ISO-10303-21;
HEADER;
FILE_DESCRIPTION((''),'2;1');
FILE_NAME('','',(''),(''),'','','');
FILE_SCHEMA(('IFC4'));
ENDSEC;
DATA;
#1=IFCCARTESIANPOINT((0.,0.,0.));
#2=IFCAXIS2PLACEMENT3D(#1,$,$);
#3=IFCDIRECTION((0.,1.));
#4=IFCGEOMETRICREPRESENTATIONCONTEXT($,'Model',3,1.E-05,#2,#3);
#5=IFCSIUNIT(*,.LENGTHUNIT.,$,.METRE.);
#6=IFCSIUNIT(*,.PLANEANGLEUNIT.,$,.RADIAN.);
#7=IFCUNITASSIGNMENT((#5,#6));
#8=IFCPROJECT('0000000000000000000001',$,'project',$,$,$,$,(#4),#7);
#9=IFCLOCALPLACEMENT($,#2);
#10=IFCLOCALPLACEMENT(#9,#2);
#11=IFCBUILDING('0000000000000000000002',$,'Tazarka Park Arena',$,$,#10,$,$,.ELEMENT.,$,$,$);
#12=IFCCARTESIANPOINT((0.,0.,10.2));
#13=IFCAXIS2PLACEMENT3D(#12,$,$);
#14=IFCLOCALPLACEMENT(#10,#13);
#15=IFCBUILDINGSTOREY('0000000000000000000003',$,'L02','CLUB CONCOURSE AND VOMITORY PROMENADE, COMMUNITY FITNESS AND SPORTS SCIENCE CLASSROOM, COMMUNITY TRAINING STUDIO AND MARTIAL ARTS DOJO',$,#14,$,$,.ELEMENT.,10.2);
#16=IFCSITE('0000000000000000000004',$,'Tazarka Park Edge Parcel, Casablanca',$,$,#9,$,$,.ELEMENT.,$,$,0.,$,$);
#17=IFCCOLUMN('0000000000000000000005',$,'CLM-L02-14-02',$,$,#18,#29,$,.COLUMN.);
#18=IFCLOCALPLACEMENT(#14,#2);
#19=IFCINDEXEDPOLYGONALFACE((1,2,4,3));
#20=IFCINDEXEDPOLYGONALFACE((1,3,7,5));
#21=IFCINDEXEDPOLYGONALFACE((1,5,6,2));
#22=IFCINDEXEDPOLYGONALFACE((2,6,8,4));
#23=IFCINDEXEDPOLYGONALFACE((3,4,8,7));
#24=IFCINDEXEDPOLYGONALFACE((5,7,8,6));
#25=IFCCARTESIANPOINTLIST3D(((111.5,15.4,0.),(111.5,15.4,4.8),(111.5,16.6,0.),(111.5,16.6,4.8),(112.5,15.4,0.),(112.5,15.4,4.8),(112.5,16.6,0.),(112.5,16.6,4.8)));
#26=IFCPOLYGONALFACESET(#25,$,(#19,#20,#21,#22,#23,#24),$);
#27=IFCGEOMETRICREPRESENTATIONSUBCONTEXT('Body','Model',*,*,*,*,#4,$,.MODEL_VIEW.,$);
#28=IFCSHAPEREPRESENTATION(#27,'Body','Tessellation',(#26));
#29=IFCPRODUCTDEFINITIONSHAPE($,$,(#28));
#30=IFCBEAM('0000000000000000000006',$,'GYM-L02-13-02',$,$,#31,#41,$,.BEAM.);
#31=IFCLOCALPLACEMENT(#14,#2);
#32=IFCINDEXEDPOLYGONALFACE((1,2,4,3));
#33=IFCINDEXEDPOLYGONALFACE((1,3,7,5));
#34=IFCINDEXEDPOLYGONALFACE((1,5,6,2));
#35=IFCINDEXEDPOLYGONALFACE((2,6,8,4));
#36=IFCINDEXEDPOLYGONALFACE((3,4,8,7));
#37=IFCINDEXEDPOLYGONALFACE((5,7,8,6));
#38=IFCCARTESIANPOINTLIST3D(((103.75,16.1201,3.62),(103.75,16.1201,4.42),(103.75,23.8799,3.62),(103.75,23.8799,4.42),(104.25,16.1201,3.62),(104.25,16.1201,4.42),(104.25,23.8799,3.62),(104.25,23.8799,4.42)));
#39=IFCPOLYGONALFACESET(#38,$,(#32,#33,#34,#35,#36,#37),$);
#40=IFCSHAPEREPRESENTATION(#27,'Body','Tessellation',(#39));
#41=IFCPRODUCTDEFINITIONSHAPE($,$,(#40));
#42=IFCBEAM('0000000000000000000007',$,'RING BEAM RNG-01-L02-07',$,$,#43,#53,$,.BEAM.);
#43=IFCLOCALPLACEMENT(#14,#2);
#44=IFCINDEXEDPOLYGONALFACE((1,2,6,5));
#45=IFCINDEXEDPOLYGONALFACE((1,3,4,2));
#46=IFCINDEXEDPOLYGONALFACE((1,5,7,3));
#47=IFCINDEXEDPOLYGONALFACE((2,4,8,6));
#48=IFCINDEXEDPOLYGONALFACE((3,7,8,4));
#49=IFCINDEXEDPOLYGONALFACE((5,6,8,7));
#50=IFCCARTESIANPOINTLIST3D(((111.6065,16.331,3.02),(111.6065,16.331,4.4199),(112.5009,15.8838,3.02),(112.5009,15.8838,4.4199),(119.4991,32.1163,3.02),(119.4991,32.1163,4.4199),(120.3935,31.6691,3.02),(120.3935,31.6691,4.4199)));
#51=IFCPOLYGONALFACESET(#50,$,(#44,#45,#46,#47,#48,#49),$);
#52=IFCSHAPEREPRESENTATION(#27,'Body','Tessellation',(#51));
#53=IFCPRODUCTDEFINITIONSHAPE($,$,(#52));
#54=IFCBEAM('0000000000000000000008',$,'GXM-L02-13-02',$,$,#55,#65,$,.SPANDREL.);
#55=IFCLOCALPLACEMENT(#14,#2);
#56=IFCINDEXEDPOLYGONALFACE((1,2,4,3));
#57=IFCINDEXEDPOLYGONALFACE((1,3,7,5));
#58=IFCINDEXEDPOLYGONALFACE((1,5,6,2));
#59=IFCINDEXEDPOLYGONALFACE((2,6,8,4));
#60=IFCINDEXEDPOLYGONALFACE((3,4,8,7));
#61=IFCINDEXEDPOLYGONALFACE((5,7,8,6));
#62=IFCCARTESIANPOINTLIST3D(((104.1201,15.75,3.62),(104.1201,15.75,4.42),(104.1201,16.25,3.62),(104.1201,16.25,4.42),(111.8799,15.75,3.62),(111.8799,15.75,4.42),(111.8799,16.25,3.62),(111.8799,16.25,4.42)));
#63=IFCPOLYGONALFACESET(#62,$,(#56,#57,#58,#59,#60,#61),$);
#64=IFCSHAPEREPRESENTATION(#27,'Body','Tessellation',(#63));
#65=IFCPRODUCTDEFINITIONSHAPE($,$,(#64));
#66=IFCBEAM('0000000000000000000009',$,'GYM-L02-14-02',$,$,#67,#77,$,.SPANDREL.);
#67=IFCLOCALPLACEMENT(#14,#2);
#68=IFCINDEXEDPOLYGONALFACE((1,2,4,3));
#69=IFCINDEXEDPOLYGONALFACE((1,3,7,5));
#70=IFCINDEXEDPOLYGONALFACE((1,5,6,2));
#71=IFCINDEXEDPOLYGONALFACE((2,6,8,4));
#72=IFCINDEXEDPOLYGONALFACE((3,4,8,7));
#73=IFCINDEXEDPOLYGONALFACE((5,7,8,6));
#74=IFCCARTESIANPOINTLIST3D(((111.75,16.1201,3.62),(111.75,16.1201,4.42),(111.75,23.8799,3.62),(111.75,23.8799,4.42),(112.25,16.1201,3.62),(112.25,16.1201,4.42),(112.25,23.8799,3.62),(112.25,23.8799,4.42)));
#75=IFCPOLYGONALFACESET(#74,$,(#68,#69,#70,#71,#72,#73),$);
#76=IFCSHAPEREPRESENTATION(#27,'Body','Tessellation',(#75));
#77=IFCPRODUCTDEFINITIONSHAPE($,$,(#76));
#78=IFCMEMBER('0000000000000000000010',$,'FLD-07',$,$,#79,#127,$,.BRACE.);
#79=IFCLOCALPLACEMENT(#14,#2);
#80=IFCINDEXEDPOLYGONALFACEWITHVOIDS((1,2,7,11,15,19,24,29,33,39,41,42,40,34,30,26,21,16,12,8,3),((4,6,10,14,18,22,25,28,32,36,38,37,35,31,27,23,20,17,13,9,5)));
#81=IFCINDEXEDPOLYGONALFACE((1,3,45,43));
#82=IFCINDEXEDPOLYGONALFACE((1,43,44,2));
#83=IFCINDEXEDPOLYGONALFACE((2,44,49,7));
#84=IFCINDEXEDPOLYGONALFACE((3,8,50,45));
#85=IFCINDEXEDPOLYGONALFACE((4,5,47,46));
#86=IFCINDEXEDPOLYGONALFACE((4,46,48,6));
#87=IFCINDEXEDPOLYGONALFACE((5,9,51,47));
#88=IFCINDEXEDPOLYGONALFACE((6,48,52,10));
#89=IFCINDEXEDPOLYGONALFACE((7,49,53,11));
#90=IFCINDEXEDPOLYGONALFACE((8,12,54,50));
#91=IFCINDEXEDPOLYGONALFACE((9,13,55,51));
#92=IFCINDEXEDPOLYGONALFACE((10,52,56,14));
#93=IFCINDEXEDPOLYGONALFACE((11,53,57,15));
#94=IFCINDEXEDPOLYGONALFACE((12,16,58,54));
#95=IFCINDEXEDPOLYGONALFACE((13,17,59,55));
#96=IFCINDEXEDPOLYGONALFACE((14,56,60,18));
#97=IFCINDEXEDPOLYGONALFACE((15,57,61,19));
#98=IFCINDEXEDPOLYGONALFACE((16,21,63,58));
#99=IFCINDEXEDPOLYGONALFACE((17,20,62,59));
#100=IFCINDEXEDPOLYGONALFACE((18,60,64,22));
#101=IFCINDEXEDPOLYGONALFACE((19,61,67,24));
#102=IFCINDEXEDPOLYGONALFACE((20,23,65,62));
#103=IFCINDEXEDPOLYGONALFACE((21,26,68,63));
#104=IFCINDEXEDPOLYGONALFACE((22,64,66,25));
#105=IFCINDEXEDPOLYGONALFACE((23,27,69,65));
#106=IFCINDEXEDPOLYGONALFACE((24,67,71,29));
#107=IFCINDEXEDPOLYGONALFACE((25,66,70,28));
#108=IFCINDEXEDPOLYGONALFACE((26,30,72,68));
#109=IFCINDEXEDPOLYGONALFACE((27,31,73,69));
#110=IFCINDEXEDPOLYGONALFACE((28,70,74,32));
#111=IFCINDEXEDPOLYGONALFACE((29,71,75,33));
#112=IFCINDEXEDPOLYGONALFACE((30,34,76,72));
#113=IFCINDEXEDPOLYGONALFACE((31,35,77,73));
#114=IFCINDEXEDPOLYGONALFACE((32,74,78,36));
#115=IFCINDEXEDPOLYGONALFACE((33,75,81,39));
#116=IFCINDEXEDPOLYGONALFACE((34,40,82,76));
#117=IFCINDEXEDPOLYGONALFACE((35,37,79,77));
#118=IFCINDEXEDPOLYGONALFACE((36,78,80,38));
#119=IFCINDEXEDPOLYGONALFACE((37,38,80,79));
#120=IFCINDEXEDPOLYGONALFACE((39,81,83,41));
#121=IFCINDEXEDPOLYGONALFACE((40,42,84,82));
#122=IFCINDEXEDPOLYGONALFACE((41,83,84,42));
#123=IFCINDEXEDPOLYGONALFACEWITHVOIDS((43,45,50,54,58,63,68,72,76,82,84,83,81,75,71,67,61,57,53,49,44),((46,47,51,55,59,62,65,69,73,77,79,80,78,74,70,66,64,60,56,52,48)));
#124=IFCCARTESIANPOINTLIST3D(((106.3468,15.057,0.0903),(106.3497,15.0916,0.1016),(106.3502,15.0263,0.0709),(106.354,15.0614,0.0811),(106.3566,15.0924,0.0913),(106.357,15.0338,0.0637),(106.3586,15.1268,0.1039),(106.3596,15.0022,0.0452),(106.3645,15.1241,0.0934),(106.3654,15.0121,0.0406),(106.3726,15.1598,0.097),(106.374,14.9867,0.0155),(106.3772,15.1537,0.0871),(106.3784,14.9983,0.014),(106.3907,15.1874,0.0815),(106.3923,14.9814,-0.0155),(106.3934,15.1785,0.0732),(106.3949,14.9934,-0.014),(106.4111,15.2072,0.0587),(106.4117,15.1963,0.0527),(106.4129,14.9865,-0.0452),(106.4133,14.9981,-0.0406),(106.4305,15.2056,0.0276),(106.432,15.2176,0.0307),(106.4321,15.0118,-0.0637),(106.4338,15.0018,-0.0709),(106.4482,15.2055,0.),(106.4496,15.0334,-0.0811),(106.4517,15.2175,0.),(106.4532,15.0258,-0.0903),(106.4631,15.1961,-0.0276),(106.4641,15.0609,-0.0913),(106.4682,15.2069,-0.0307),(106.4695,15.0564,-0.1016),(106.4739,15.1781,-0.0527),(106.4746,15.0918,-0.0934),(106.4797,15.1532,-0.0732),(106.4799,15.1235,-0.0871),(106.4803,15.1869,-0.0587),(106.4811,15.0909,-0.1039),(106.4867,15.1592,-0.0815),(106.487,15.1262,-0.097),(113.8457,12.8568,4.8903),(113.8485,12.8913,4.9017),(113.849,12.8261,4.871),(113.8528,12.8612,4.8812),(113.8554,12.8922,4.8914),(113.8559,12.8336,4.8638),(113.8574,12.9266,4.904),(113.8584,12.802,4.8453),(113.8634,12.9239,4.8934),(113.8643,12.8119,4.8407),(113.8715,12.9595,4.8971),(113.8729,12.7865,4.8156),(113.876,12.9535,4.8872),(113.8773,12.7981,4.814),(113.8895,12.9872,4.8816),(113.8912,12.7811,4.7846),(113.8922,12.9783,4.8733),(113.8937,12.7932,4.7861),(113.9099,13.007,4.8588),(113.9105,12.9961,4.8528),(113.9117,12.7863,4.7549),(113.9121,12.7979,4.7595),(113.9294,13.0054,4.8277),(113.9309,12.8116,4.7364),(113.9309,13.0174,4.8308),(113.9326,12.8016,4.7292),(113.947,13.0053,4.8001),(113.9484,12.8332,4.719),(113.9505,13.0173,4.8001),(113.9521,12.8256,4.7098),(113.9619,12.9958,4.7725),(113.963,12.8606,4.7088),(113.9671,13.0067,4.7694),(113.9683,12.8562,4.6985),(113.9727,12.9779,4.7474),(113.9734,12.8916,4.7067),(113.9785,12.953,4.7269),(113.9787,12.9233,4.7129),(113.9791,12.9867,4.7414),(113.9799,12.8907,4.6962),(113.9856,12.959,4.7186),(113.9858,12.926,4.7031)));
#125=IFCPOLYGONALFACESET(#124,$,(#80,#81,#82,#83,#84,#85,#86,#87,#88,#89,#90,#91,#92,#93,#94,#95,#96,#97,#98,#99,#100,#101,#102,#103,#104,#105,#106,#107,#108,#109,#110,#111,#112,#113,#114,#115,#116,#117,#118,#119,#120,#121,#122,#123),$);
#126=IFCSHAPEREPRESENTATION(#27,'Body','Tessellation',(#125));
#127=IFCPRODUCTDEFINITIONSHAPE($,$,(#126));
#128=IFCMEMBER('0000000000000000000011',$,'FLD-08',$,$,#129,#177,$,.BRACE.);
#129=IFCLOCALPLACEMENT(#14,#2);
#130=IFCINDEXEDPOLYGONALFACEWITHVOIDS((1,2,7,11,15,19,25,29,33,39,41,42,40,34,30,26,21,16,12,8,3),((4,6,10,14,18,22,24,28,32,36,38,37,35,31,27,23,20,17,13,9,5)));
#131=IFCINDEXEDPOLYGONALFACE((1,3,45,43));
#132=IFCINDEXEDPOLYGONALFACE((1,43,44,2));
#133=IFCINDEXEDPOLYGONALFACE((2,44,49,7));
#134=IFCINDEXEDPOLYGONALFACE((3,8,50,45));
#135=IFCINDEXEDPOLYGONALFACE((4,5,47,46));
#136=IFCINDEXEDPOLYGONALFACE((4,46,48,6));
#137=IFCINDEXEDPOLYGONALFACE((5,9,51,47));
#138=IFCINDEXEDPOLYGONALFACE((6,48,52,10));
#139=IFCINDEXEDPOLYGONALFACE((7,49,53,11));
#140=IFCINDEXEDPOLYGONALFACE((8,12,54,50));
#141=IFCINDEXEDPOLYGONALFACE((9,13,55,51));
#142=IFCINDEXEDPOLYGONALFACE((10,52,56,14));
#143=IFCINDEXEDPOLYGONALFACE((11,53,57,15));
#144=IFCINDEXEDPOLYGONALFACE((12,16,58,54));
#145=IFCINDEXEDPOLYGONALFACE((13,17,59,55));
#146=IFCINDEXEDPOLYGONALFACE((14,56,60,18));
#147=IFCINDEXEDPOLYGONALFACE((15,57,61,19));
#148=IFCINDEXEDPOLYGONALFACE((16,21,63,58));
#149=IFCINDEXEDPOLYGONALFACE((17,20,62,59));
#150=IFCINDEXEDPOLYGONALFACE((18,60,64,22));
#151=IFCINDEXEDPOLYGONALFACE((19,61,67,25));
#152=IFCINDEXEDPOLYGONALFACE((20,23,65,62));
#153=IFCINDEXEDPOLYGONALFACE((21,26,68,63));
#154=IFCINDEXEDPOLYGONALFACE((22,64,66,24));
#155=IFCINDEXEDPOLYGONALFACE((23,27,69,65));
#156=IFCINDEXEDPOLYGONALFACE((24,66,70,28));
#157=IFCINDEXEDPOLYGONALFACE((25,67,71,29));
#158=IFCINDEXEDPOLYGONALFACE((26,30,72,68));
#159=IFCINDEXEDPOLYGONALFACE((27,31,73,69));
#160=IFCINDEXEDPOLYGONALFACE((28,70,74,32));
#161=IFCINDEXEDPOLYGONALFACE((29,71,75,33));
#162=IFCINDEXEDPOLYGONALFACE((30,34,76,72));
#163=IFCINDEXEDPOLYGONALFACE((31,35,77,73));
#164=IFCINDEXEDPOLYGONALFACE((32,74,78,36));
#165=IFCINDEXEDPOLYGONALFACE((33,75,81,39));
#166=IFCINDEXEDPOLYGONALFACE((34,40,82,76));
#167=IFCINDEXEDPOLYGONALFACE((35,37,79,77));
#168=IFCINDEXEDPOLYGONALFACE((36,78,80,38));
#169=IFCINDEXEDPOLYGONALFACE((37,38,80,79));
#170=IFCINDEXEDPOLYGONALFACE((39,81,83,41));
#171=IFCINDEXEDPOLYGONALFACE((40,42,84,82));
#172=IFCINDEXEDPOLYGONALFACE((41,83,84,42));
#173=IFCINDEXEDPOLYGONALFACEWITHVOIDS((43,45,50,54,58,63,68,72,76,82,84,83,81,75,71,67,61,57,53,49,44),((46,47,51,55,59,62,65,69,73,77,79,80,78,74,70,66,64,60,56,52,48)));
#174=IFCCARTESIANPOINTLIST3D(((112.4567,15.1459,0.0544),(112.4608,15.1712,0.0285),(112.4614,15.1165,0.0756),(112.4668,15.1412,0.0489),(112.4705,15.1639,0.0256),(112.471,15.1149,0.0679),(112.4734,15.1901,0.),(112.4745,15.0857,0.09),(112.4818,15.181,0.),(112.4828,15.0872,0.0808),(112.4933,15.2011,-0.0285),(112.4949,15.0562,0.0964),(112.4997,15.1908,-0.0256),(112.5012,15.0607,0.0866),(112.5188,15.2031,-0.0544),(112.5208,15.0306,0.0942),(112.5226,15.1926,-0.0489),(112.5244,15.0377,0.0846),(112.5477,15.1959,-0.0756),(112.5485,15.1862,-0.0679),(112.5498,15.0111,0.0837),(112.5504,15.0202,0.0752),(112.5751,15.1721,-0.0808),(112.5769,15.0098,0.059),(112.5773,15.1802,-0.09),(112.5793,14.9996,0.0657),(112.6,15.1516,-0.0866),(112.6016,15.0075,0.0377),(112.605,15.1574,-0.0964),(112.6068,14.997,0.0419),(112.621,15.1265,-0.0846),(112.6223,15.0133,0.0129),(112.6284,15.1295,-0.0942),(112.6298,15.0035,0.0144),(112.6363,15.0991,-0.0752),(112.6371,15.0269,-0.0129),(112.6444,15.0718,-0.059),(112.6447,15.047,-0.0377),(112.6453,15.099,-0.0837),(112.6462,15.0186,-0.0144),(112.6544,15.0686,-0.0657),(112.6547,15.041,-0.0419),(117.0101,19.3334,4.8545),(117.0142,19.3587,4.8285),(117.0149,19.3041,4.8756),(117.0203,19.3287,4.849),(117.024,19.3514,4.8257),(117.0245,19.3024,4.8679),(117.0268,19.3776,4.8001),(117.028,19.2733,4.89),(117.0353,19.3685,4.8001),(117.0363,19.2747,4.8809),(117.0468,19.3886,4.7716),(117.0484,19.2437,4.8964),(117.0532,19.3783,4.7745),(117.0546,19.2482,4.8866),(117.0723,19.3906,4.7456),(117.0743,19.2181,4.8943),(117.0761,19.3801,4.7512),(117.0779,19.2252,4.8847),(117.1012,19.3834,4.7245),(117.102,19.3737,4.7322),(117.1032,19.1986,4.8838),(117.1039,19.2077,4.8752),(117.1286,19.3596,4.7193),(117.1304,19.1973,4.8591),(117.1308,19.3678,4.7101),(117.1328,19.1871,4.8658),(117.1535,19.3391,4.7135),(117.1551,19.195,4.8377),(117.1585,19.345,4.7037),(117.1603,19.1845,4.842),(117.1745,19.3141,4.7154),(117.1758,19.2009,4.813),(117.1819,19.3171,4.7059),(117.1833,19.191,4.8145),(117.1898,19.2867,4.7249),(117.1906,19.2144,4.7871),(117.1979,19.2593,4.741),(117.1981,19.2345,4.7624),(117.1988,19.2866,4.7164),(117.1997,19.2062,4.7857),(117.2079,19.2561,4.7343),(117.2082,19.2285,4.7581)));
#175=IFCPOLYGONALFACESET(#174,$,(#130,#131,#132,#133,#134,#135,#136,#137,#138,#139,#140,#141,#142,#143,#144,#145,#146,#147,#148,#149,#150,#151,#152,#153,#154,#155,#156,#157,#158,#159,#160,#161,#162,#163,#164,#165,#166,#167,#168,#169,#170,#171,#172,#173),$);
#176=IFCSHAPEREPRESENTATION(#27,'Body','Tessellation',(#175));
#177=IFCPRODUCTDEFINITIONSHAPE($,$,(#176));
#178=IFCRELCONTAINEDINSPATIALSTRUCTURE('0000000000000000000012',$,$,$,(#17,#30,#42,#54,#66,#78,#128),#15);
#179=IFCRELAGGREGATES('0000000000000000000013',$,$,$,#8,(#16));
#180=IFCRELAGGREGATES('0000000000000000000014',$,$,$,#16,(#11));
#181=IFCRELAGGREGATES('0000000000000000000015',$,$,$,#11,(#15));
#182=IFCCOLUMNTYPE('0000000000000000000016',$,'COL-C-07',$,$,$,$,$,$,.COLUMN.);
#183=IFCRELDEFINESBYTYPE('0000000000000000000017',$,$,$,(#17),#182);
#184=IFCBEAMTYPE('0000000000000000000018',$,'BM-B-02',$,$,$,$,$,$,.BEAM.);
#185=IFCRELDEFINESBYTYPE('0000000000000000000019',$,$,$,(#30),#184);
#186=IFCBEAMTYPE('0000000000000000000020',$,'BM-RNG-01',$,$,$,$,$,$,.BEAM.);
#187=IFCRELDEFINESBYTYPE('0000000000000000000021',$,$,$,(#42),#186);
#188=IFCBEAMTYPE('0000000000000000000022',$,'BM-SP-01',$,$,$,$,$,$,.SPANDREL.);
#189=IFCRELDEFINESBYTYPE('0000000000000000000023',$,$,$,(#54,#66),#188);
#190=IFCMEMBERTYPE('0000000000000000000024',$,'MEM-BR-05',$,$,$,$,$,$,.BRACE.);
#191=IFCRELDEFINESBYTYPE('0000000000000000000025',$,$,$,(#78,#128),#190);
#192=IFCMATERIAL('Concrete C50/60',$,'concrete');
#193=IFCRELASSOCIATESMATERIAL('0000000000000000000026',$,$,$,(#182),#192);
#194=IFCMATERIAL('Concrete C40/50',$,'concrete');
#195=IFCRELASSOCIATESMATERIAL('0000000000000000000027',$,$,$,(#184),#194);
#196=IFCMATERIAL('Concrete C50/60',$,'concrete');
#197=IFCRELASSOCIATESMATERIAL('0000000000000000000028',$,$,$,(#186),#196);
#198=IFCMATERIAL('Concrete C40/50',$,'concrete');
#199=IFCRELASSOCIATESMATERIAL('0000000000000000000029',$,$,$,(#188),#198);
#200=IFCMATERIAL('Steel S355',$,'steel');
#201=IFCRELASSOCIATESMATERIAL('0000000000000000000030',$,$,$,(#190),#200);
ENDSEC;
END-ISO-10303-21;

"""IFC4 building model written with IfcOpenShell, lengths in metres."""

from ifc_helpers import new_model, si_unit, direction, frame, origin, origin_2d, place, context, subcontext, project, spatial, rectangle, hollow_circle, extrude, material, material_profile, profile_set, type_object, element, save


model = new_model("IFC4")

# Units and contexts
model_context = context("Model", 3, precision=1e-05, world=origin(), true_north=direction((0.0, 1.0)))
body_context = subcontext(model_context, "Body", "Model", "MODEL_VIEW")
ifc_project = project(units=[si_unit("LENGTHUNIT", "METRE"), si_unit("PLANEANGLEUNIT", "RADIAN")], contexts=[model_context])

# Site, building, storey
site_placement = place(None, origin())
site = spatial("IfcSite", under=ifc_project, at=site_placement, Name="Tazarka Park Edge Parcel, Casablanca", CompositionType="ELEMENT", RefElevation=0.0)
building_placement = place(site_placement, origin())
building = spatial("IfcBuilding", under=site, at=building_placement, Name="Tazarka Park Arena", CompositionType="ELEMENT")
storey_placement = place(building_placement, frame((0.0, 0.0, 10.2)))
storey = spatial("IfcBuildingStorey", under=building, at=storey_placement, Name="L02", Description="CLUB CONCOURSE AND VOMITORY PROMENADE, COMMUNITY FITNESS AND SPORTS SCIENCE CLASSROOM, COMMUNITY TRAINING STUDIO AND MARTIAL ARTS DOJO", CompositionType="ELEMENT", Elevation=10.2)

# Column
ifc_material_1 = material(Name="Concrete C50/60", Category="concrete")
ifc_material_profile_1 = material_profile(ifc_material_1, rectangle(XDim=1.0, YDim=1.2, at=origin_2d()), Name="Concrete C50/60")
ifc_profile_set_1 = profile_set([ifc_material_profile_1], Name="Concrete C50/60")
column_type = type_object("IfcColumnType", Name="COL-C-07", PredefinedType="COLUMN", material=ifc_profile_set_1)
column_placement = place(storey_placement, frame((112.0, 16.0, 0.0), z_axis=(0.0, 0.0, 1.0), x_axis=(1.0, 0.0, 0.0)))
element("IfcColumn", 1, at=column_placement, inside=storey, type_object=column_type, Name="CLM-L02-14-02", PredefinedType="COLUMN", context=body_context, shape_type="SweptSolid", body=[
    extrude(rectangle(XDim=1.0, YDim=1.2, at=origin_2d()), origin(), (0.0, 0.0, 1.0), 4.8),
])

# Beams
ifc_material_2 = material(Name="Concrete C40/50", Category="concrete")
ifc_material_profile_2 = material_profile(ifc_material_2, rectangle(XDim=0.5, YDim=0.8, at=origin_2d()), Name="Concrete C40/50")
ifc_profile_set_2 = profile_set([ifc_material_profile_2], Name="Concrete C40/50")
beam_type_1 = type_object("IfcBeamType", Name="BM-B-02", PredefinedType="BEAM", material=ifc_profile_set_2)
beam_1_placement = place(storey_placement, frame((104.0, 16.1201, 4.02), z_axis=(0.0, 1.0, 0.0), x_axis=(-1.0, 0.0, 0.0)))
element("IfcBeam", 2, at=beam_1_placement, inside=storey, type_object=beam_type_1, Name="GYM-L02-13-02", PredefinedType="BEAM", context=body_context, shape_type="SweptSolid", body=[
    extrude(rectangle(XDim=0.5, YDim=0.8, at=origin_2d()), origin(), (0.0, 0.0, 1.0), 7.7598),
])
ifc_material_3 = material(Name="Concrete C50/60", Category="concrete")
ifc_material_profile_3 = material_profile(ifc_material_3, rectangle(XDim=1.0, YDim=1.3999, at=origin_2d()), Name="Concrete C50/60")
ifc_profile_set_3 = profile_set([ifc_material_profile_3], Name="Concrete C50/60")
beam_type_2 = type_object("IfcBeamType", Name="BM-RNG-01", PredefinedType="BEAM", material=ifc_profile_set_3)
beam_2_placement = place(storey_placement, frame((112.0537, 16.1074, 3.72), z_axis=(0.447214, 0.894427, 0.0), x_axis=(-0.894427, 0.447214, 0.0)))
element("IfcBeam", 3, at=beam_2_placement, inside=storey, type_object=beam_type_2, Name="RING BEAM RNG-01-L02-07", PredefinedType="BEAM", context=body_context, shape_type="SweptSolid", body=[
    extrude(rectangle(XDim=1.0, YDim=1.3999, at=origin_2d()), origin(), (0.0, 0.0, 1.0), 17.6484),
])
ifc_material_4 = material(Name="Concrete C40/50", Category="concrete")
ifc_material_profile_4 = material_profile(ifc_material_4, rectangle(XDim=0.5, YDim=0.8, at=origin_2d()), Name="Concrete C40/50")
ifc_profile_set_4 = profile_set([ifc_material_profile_4], Name="Concrete C40/50")
beam_type_3 = type_object("IfcBeamType", Name="BM-SP-01", PredefinedType="SPANDREL", material=ifc_profile_set_4)
for number, where, z_axis, x_axis, name in (
    (4, (104.1201, 16.0, 4.02), (1.0, 0.0, 0.0), (0.0, 1.0, 0.0), "GXM-L02-13-02"),
    (5, (112.0, 16.1201, 4.02), (0.0, 1.0, 0.0), (-1.0, 0.0, 0.0), "GYM-L02-14-02"),
):
    element("IfcBeam", number, at=place(storey_placement, frame(where, z_axis=z_axis, x_axis=x_axis)), inside=storey, type_object=beam_type_3, Name=name, PredefinedType="SPANDREL", context=body_context, shape_type="SweptSolid", body=[
        extrude(rectangle(XDim=0.5, YDim=0.8, at=origin_2d()), origin(), (0.0, 0.0, 1.0), 7.7598),
    ])

# Members
ifc_material_5 = material(Name="Steel S355", Category="steel")
ifc_material_profile_5 = material_profile(ifc_material_5, hollow_circle(Radius=0.1223, WallThickness=0.0125, at=origin_2d()), Name="Steel S355")
ifc_profile_set_5 = profile_set([ifc_material_profile_5], Name="Steel S355")
member_type_1 = type_object("IfcMemberType", Name="MEM-BR-05", PredefinedType="BRACE", material=ifc_profile_set_5)
member_1_placement = place(storey_placement, frame((106.4172, 15.1001, 0.0), z_axis=(0.817634, -0.2399, 0.523376), x_axis=(0.281539, 0.95955, 0.0)))
element("IfcMember", 6, at=member_1_placement, inside=storey, type_object=member_type_1, Name="FLD-07", PredefinedType="BRACE", context=body_context, shape_type="SweptSolid", body=[
    extrude(hollow_circle(Radius=0.1223, WallThickness=0.0125, at=origin_2d()), origin(), (0.0, 0.0, 1.0), 9.1714),
])
member_2_placement = place(storey_placement, frame((112.5562, 15.1001, 0.0), z_axis=(0.581537, 0.534799, 0.613029), x_axis=(-0.676909, 0.736067, 0.0)))
element("IfcMember", 7, at=member_2_placement, inside=storey, type_object=member_type_1, Name="FLD-08", PredefinedType="BRACE", context=body_context, shape_type="SweptSolid", body=[
    extrude(hollow_circle(Radius=0.1223, WallThickness=0.0125, at=origin_2d()), origin(), (0.0, 0.0, 1.0), 7.8301),
])

save(model, "model.ifc")
